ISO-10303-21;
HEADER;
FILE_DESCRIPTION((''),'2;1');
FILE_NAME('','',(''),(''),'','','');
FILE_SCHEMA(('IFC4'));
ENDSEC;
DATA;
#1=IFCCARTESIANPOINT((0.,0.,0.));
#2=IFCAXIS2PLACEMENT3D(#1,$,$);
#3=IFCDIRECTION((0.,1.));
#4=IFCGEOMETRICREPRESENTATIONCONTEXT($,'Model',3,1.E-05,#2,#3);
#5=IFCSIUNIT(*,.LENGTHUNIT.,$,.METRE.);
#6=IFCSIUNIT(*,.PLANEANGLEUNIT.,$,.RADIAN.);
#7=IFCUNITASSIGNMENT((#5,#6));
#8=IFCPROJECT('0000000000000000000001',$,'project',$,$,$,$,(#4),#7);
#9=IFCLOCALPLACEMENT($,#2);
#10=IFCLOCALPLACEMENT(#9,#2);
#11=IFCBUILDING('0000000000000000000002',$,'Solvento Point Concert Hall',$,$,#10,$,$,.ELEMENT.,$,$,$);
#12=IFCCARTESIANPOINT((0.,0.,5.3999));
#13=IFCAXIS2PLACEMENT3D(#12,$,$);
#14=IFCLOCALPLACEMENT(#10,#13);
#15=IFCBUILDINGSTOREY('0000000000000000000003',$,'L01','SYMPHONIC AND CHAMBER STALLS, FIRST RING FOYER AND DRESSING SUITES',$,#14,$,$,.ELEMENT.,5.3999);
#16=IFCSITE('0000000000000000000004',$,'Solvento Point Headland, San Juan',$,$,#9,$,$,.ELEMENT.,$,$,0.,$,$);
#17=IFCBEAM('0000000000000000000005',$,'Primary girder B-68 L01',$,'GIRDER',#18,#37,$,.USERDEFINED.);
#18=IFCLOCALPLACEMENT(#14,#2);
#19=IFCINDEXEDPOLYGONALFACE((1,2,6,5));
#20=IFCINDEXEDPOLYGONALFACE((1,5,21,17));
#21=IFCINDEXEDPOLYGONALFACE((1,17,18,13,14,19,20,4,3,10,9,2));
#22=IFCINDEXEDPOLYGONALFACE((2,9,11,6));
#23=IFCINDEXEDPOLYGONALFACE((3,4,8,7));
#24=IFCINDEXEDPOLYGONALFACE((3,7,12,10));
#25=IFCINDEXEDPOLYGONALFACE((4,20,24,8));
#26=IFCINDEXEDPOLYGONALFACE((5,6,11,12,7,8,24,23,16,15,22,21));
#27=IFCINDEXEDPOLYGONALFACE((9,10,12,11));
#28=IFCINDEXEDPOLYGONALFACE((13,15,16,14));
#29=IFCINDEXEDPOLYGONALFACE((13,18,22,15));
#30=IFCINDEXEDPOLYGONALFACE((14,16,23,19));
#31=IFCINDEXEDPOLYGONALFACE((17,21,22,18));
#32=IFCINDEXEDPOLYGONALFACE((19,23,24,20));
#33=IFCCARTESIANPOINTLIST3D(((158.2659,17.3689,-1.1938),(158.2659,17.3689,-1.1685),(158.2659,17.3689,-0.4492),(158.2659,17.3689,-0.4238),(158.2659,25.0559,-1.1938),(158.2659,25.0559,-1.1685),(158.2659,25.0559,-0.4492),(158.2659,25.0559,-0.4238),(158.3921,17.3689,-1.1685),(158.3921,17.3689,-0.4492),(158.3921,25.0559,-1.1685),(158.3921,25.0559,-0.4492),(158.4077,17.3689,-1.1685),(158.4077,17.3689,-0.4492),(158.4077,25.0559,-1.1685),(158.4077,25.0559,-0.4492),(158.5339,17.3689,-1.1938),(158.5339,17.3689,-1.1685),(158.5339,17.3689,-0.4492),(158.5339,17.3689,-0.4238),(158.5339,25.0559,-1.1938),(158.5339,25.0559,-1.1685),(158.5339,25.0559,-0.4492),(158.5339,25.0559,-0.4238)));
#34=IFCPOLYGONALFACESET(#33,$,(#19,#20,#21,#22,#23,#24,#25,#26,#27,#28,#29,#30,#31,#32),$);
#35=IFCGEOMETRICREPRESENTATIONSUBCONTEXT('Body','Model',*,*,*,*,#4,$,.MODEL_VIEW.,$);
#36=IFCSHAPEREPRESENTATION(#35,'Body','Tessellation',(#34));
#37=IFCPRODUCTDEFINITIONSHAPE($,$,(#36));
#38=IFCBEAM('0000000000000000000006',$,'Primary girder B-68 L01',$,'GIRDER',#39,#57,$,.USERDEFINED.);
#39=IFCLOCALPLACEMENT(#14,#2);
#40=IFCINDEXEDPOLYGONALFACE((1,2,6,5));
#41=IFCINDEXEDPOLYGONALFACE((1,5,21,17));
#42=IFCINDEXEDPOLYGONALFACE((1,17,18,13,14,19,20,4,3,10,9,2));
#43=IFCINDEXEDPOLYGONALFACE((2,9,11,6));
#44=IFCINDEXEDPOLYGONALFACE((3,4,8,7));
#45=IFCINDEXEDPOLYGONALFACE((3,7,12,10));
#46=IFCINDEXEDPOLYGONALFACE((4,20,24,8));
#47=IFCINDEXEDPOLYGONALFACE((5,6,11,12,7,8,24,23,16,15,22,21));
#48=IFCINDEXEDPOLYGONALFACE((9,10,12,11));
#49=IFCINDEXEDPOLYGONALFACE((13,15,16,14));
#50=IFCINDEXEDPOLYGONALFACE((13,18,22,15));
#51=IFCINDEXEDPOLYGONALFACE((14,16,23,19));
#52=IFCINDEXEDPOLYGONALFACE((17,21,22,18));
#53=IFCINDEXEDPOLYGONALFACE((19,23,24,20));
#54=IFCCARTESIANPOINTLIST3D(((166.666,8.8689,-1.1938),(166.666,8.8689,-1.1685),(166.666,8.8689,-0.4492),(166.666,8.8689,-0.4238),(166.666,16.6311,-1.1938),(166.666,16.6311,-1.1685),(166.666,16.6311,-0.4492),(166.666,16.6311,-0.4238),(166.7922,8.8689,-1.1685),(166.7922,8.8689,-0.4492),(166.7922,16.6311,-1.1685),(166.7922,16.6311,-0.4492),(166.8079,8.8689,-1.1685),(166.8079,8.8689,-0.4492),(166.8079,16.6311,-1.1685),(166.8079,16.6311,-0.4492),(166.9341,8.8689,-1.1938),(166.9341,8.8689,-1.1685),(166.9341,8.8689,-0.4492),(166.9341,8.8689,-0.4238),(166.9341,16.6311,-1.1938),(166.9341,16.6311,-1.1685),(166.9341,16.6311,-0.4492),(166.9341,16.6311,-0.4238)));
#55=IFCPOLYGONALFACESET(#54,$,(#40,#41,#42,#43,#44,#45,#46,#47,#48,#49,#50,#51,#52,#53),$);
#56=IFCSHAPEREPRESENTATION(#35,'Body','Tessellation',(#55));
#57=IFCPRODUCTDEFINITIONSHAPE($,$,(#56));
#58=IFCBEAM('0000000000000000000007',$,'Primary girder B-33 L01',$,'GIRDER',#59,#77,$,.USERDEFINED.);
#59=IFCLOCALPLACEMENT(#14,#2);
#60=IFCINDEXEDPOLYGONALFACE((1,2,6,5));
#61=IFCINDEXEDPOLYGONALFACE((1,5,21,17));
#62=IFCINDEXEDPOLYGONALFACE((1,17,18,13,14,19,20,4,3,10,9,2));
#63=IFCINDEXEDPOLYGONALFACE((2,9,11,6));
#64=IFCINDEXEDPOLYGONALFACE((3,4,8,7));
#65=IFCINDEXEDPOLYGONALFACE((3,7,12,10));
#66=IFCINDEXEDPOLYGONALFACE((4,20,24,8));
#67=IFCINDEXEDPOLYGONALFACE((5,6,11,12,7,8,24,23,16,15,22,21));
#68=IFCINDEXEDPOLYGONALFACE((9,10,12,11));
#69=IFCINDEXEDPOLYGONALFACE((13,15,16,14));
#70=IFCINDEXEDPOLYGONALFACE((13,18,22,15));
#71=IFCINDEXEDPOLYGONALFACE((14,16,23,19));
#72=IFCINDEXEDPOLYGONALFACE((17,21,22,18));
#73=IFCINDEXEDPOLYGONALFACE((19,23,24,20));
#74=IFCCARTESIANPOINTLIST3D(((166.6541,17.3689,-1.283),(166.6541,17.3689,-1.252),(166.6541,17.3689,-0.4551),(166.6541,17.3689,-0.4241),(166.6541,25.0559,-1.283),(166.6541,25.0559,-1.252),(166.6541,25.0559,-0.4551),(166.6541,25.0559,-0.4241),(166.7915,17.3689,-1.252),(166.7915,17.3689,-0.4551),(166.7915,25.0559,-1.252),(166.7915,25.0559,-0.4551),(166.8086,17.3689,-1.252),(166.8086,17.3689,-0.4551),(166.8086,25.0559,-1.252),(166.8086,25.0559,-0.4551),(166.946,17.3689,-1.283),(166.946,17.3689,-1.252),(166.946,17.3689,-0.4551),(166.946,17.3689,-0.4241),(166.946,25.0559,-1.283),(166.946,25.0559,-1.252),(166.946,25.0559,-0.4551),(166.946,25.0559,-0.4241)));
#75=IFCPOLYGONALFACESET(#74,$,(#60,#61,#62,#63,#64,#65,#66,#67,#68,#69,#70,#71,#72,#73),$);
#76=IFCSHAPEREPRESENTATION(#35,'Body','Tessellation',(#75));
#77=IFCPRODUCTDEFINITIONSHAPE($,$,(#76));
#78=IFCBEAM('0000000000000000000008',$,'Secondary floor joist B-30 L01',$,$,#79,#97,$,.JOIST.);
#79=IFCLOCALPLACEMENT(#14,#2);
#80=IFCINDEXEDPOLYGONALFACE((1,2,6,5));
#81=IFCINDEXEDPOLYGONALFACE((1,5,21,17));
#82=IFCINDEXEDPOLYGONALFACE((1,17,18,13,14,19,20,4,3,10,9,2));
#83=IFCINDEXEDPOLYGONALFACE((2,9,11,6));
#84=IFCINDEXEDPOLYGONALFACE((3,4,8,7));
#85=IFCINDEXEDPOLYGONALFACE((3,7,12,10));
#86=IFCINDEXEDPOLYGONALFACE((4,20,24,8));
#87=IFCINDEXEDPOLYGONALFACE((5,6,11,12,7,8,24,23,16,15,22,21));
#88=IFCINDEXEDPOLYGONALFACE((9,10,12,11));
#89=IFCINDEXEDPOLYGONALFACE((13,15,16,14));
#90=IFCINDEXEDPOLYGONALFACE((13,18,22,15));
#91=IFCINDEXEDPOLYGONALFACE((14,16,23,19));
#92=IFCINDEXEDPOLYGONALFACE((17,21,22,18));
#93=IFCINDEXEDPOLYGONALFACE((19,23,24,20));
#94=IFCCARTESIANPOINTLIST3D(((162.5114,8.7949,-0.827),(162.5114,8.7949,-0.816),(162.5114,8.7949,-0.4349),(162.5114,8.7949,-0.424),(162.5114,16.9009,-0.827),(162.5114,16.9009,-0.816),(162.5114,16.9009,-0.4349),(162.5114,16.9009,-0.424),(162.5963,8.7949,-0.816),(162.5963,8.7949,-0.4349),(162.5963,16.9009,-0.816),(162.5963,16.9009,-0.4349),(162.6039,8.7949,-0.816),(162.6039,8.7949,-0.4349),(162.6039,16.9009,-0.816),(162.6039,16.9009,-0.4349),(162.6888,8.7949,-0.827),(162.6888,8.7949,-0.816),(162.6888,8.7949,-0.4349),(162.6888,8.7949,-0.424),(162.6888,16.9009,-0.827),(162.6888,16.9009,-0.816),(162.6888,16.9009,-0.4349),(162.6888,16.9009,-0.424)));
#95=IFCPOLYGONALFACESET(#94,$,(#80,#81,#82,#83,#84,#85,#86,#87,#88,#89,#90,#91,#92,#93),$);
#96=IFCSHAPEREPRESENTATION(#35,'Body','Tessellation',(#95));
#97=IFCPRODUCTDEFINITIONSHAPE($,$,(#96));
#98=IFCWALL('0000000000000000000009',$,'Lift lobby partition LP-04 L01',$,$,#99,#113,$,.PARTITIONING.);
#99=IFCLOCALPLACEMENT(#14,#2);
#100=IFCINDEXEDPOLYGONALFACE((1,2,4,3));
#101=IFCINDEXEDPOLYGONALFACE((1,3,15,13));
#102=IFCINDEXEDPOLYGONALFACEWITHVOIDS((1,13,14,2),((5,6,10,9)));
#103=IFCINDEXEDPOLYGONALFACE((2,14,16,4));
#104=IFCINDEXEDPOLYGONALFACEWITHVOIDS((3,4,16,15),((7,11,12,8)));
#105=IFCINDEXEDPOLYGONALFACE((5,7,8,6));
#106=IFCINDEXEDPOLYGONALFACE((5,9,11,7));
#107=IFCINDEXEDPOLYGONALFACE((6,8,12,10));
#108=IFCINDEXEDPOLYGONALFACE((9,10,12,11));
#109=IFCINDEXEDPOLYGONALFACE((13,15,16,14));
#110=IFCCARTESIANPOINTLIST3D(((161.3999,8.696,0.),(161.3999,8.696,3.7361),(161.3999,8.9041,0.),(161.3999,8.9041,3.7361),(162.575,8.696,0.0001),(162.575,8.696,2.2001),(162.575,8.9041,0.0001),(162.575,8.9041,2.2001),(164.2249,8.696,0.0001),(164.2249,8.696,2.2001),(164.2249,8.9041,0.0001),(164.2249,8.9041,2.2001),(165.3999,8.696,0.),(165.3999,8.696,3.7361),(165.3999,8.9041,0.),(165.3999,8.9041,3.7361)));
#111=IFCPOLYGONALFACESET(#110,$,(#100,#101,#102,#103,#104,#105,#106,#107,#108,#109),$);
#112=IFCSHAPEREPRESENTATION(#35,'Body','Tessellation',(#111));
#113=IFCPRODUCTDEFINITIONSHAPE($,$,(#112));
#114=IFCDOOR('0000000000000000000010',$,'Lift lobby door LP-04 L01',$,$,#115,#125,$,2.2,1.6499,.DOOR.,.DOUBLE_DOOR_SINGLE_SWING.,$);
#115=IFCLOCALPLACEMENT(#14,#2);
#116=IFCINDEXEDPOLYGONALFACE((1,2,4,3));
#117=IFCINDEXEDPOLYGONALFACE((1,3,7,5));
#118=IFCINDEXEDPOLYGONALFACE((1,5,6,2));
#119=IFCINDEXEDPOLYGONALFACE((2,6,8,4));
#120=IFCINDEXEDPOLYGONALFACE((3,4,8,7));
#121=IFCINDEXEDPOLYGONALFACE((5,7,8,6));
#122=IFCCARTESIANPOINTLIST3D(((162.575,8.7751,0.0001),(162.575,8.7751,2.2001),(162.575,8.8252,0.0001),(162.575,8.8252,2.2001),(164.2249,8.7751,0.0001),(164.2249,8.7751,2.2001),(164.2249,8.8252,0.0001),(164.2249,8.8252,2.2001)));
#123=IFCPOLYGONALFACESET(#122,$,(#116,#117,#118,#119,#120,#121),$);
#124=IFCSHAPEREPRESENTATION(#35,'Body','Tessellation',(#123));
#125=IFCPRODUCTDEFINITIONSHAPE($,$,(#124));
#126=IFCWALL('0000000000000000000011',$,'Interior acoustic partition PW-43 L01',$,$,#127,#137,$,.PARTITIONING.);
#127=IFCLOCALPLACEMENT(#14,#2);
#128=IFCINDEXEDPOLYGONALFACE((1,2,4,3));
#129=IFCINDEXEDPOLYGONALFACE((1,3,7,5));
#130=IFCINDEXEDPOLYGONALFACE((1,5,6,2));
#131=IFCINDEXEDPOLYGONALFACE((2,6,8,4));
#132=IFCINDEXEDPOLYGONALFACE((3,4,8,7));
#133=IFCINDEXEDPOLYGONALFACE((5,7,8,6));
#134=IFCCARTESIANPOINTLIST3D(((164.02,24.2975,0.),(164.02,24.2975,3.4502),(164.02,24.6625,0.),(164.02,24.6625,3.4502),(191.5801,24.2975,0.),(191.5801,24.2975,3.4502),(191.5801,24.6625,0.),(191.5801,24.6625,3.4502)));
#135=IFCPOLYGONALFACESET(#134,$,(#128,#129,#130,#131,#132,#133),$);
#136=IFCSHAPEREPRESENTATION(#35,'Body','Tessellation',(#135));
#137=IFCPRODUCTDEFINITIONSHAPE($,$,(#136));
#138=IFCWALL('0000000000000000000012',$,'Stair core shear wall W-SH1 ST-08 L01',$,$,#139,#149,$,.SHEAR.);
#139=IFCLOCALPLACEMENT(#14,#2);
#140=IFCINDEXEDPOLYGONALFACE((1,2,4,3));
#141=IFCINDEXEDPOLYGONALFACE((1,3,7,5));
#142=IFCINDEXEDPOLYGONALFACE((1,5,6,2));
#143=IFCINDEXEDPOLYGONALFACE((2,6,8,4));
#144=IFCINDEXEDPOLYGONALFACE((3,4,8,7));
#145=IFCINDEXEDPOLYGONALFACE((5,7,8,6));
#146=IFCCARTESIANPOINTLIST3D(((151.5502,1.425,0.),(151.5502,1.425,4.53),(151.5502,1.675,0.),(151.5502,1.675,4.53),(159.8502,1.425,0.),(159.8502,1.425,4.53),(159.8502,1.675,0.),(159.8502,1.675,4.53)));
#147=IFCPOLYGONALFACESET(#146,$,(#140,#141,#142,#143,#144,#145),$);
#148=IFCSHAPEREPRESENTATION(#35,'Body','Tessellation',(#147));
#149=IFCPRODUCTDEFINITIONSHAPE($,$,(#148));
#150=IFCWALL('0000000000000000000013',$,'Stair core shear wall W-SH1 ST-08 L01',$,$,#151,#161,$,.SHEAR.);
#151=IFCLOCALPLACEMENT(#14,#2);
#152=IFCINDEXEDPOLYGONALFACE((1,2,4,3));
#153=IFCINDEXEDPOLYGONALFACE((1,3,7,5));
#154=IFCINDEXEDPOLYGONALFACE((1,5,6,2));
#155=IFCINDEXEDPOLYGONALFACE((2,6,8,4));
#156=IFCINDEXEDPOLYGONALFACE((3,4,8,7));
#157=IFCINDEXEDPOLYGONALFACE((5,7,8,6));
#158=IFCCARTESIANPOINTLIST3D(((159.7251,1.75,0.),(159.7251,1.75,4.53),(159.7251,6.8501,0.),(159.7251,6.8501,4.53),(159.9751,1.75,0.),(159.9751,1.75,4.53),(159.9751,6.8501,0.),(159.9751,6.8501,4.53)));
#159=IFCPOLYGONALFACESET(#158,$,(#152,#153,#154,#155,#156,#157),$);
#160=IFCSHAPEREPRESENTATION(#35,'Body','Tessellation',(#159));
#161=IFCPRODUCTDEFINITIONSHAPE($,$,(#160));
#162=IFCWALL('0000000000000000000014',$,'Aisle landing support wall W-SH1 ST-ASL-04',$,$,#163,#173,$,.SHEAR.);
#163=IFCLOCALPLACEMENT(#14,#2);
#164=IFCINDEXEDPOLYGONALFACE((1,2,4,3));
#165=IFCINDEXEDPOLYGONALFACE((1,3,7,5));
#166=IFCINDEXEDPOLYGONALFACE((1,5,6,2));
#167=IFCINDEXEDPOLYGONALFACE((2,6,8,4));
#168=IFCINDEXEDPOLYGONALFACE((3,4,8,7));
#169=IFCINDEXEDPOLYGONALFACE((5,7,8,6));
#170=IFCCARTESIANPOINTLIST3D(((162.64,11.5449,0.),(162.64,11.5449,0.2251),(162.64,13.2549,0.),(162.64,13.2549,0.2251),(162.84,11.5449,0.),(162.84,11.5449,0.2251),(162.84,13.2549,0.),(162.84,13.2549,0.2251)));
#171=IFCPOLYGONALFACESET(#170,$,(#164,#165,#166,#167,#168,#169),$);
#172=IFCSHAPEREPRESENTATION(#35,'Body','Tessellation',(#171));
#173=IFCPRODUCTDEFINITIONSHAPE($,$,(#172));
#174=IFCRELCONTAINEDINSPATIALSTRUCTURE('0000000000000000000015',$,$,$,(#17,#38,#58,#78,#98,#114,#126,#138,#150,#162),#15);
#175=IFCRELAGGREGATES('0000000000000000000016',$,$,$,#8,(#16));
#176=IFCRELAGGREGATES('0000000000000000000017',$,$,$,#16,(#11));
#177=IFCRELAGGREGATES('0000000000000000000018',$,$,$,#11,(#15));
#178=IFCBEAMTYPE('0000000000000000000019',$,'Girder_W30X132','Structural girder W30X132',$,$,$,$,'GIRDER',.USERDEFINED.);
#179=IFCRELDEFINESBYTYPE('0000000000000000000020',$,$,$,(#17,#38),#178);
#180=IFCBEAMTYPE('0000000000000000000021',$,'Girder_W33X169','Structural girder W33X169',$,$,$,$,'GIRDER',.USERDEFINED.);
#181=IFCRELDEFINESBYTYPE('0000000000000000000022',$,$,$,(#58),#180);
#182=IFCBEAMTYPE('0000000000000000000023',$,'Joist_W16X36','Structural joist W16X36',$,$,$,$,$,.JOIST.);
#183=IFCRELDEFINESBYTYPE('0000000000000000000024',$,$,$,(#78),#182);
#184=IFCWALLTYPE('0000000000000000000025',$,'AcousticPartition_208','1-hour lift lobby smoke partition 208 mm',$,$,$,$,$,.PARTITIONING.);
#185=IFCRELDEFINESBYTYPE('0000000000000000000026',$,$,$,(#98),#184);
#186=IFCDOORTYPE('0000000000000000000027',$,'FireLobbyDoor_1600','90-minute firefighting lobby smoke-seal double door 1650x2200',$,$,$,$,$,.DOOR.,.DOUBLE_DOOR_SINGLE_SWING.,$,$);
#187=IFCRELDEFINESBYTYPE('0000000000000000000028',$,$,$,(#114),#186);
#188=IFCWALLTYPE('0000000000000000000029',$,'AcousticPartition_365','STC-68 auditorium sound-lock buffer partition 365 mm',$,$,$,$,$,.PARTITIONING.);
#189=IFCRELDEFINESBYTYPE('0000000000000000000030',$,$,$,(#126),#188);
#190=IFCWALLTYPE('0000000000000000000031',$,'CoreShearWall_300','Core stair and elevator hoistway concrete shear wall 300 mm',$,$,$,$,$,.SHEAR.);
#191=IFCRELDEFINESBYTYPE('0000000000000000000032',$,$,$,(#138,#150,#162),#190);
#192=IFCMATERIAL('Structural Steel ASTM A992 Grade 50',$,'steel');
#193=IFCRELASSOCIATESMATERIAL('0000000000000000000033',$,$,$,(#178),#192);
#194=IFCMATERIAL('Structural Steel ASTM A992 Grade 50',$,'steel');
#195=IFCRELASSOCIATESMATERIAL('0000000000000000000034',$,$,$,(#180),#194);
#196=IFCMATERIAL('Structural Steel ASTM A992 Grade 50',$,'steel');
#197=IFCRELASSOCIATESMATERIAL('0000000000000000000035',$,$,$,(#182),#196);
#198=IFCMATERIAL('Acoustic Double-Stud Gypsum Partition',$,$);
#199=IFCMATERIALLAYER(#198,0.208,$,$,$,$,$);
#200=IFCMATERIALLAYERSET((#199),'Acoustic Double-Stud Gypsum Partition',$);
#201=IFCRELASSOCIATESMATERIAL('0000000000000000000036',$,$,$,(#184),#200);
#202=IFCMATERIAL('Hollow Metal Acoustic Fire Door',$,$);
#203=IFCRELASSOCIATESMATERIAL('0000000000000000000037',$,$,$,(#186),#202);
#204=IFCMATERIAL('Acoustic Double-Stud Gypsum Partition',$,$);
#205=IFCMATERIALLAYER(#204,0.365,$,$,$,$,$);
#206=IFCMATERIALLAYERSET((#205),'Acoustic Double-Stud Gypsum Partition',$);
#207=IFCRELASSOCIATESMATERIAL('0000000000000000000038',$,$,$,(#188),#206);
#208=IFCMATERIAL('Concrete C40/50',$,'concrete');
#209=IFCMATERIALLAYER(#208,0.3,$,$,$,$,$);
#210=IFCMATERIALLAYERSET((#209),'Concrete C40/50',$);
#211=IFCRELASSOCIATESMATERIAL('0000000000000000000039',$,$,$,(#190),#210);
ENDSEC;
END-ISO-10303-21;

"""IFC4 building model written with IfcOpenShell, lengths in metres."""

from ifc_helpers import new_model, si_unit, direction, frame, frame_2d, origin, origin_2d, place, context, subcontext, project, spatial, rectangle, i_section, extrude, material, layer, layer_set, material_profile, profile_set, type_object, element, fill, save


model = new_model("IFC4")

# Units and contexts
model_context = context("Model", 3, precision=1e-05, world=origin(), true_north=direction((0.0, 1.0)))
body_context = subcontext(model_context, "Body", "Model", "MODEL_VIEW")
ifc_project = project(units=[si_unit("LENGTHUNIT", "METRE"), si_unit("PLANEANGLEUNIT", "RADIAN")], contexts=[model_context])

# Site, building, storey
site_placement = place(None, origin())
site = spatial("IfcSite", under=ifc_project, at=site_placement, Name="Solvento Point Headland, San Juan", CompositionType="ELEMENT", RefElevation=0.0)
building_placement = place(site_placement, origin())
building = spatial("IfcBuilding", under=site, at=building_placement, Name="Solvento Point Concert Hall", CompositionType="ELEMENT")
storey_placement = place(building_placement, frame((0.0, 0.0, 5.3999)))
storey = spatial("IfcBuildingStorey", under=building, at=storey_placement, Name="L01", Description="SYMPHONIC AND CHAMBER STALLS, FIRST RING FOYER AND DRESSING SUITES", CompositionType="ELEMENT", Elevation=5.3999)

# Beams
ifc_material_1 = material(Name="Structural Steel ASTM A992 Grade 50", Category="steel")
ifc_material_profile_1 = material_profile(ifc_material_1, i_section(OverallWidth=0.2681, OverallDepth=0.77, WebThickness=0.0156, FlangeThickness=0.0254, at=origin_2d()), Name="W30X132")
ifc_profile_set_1 = profile_set([ifc_material_profile_1], Name="Structural Steel ASTM A992 Grade 50")
beam_type_1 = type_object("IfcBeamType", Name="Girder_W30X132", Description="Structural girder W30X132", ElementType="GIRDER", PredefinedType="USERDEFINED", material=ifc_profile_set_1)
beam_1_placement = place(storey_placement, frame((158.3999, 17.3689, -0.8088), z_axis=(0.0, 1.0, 0.0), x_axis=(-1.0, 0.0, 0.0)))
element("IfcBeam", 1, at=beam_1_placement, inside=storey, type_object=beam_type_1, Name="Primary girder B-68 L01", ObjectType="GIRDER", PredefinedType="USERDEFINED", context=body_context, shape_type="SweptSolid", body=[
    extrude(i_section(OverallWidth=0.2681, OverallDepth=0.77, WebThickness=0.0156, FlangeThickness=0.0254, at=origin_2d()), origin(), (0.0, 0.0, 1.0), 7.687),
])
beam_2_placement = place(storey_placement, frame((166.8, 8.8689, -0.8088), z_axis=(0.0, 1.0, 0.0), x_axis=(-1.0, 0.0, 0.0)))
element("IfcBeam", 2, at=beam_2_placement, inside=storey, type_object=beam_type_1, Name="Primary girder B-68 L01", ObjectType="GIRDER", PredefinedType="USERDEFINED", context=body_context, shape_type="SweptSolid", body=[
    extrude(i_section(OverallWidth=0.2681, OverallDepth=0.77, WebThickness=0.0156, FlangeThickness=0.0254, at=origin_2d()), origin(), (0.0, 0.0, 1.0), 7.7622),
])
ifc_material_2 = material(Name="Structural Steel ASTM A992 Grade 50", Category="steel")
ifc_material_profile_2 = material_profile(ifc_material_2, i_section(OverallWidth=0.292, OverallDepth=0.8589, WebThickness=0.0171, FlangeThickness=0.031, at=origin_2d()), Name="W33X169")
ifc_profile_set_2 = profile_set([ifc_material_profile_2], Name="Structural Steel ASTM A992 Grade 50")
beam_type_2 = type_object("IfcBeamType", Name="Girder_W33X169", Description="Structural girder W33X169", ElementType="GIRDER", PredefinedType="USERDEFINED", material=ifc_profile_set_2)
beam_3_placement = place(storey_placement, frame((166.8, 17.3689, -0.8535), z_axis=(0.0, 1.0, 0.0), x_axis=(-1.0, 0.0, 0.0)))
element("IfcBeam", 3, at=beam_3_placement, inside=storey, type_object=beam_type_2, Name="Primary girder B-33 L01", ObjectType="GIRDER", PredefinedType="USERDEFINED", context=body_context, shape_type="SweptSolid", body=[
    extrude(i_section(OverallWidth=0.292, OverallDepth=0.8589, WebThickness=0.0171, FlangeThickness=0.031, at=origin_2d()), origin(), (0.0, 0.0, 1.0), 7.687),
])
ifc_material_3 = material(Name="Structural Steel ASTM A992 Grade 50", Category="steel")
ifc_material_profile_3 = material_profile(ifc_material_3, i_section(OverallWidth=0.1775, OverallDepth=0.4031, WebThickness=0.0076, FlangeThickness=0.011, at=origin_2d()), Name="W16X36")
ifc_profile_set_3 = profile_set([ifc_material_profile_3], Name="Structural Steel ASTM A992 Grade 50")
beam_type_3 = type_object("IfcBeamType", Name="Joist_W16X36", Description="Structural joist W16X36", PredefinedType="JOIST", material=ifc_profile_set_3)
beam_4_placement = place(storey_placement, frame((162.6001, 8.7949, -0.6255), z_axis=(0.0, 1.0, 0.0), x_axis=(-1.0, 0.0, 0.0)))
element("IfcBeam", 4, at=beam_4_placement, inside=storey, type_object=beam_type_3, Name="Secondary floor joist B-30 L01", PredefinedType="JOIST", context=body_context, shape_type="SweptSolid", body=[
    extrude(i_section(OverallWidth=0.1775, OverallDepth=0.4031, WebThickness=0.0076, FlangeThickness=0.011, at=origin_2d()), origin(), (0.0, 0.0, 1.0), 8.106),
])

# Wall, opening, door
ifc_material_4 = material(Name="Acoustic Double-Stud Gypsum Partition")
ifc_layer_1 = layer(ifc_material_4, 0.208)
ifc_layer_set_1 = layer_set([ifc_layer_1], Name="Acoustic Double-Stud Gypsum Partition")
wall_type_1 = type_object("IfcWallType", Name="AcousticPartition_208", Description="1-hour lift lobby smoke partition 208 mm", PredefinedType="PARTITIONING", material=ifc_layer_set_1)
wall_1_placement = place(storey_placement, frame((165.3999, 8.8, 0.0), z_axis=(0.0, 0.0, 1.0), x_axis=(-1.0, 0.0, 0.0)))
wall_1 = element("IfcWall", 5, at=wall_1_placement, inside=storey, type_object=wall_type_1, Name="Lift lobby partition LP-04 L01", PredefinedType="PARTITIONING", context=body_context, shape_type="SweptSolid", body=[
    extrude(rectangle(XDim=4.0, YDim=0.208, at=frame_2d((2.0, 0.0))), origin(), (0.0, 0.0, 1.0), 3.7361),
])
opening_1_placement = place(wall_1_placement, frame((1.175, 0.0, 0.0)))
opening_1 = element("IfcOpeningElement", 6, at=opening_1_placement, cuts=wall_1, PredefinedType="OPENING", context=body_context, shape_type="SweptSolid", body=[
    extrude(rectangle(XDim=1.6499, YDim=2.2, at=frame_2d((0.825, 1.1001))), frame((0.0, 0.114, 0.0), z_axis=(0.0, -1.0, 0.0), x_axis=(1.0, 0.0, 0.0)), (0.0, 0.0, 1.0), 0.228),
])
ifc_material_5 = material(Name="Hollow Metal Acoustic Fire Door")
door_type_1 = type_object("IfcDoorType", Name="FireLobbyDoor_1600", Description="90-minute firefighting lobby smoke-seal double door 1650x2200", OperationType="DOUBLE_DOOR_SINGLE_SWING", PredefinedType="DOOR", material=ifc_material_5)
door_1_placement = place(opening_1_placement, origin())
door_1 = element("IfcDoor", 7, at=door_1_placement, inside=storey, type_object=door_type_1, Name="Lift lobby door LP-04 L01", OperationType="DOUBLE_DOOR_SINGLE_SWING", OverallHeight=2.2, OverallWidth=1.6499, PredefinedType="DOOR", context=body_context, shape_type="SweptSolid", body=[
    extrude(rectangle(XDim=1.6499, YDim=2.2, at=frame_2d((0.825, 1.1001))), frame((0.0, 0.0249, 0.0), z_axis=(0.0, -1.0, 0.0), x_axis=(1.0, 0.0, 0.0)), (0.0, 0.0, 1.0), 0.05),
])
fill(opening_1, door_1)

# Walls
ifc_material_6 = material(Name="Acoustic Double-Stud Gypsum Partition")
ifc_layer_2 = layer(ifc_material_6, 0.365)
ifc_layer_set_2 = layer_set([ifc_layer_2], Name="Acoustic Double-Stud Gypsum Partition")
wall_type_2 = type_object("IfcWallType", Name="AcousticPartition_365", Description="STC-68 auditorium sound-lock buffer partition 365 mm", PredefinedType="PARTITIONING", material=ifc_layer_set_2)
wall_2_placement = place(storey_placement, frame((164.02, 24.48, 0.0), z_axis=(0.0, 0.0, 1.0), x_axis=(1.0, 0.0, 0.0)))
element("IfcWall", 8, at=wall_2_placement, inside=storey, type_object=wall_type_2, Name="Interior acoustic partition PW-43 L01", PredefinedType="PARTITIONING", context=body_context, shape_type="SweptSolid", body=[
    extrude(rectangle(XDim=27.5601, YDim=0.365, at=frame_2d((13.78, 0.0))), origin(), (0.0, 0.0, 1.0), 3.4502),
])
ifc_material_7 = material(Name="Concrete C40/50", Category="concrete")
ifc_layer_3 = layer(ifc_material_7, 0.3)
ifc_layer_set_3 = layer_set([ifc_layer_3], Name="Concrete C40/50")
wall_type_3 = type_object("IfcWallType", Name="CoreShearWall_300", Description="Core stair and elevator hoistway concrete shear wall 300 mm", PredefinedType="SHEAR", material=ifc_layer_set_3)
wall_3_placement = place(storey_placement, frame((159.8501, 1.55, 0.0), z_axis=(0.0, 0.0, 1.0), x_axis=(-1.0, 0.0, 0.0)))
element("IfcWall", 9, at=wall_3_placement, inside=storey, type_object=wall_type_3, Name="Stair core shear wall W-SH1 ST-08 L01", PredefinedType="SHEAR", context=body_context, shape_type="SweptSolid", body=[
    extrude(rectangle(XDim=8.3, YDim=0.25, at=frame_2d((4.1499, 0.0))), origin(), (0.0, 0.0, 1.0), 4.53),
])
wall_4_placement = place(storey_placement, frame((159.8501, 6.8501, 0.0), z_axis=(0.0, 0.0, 1.0), x_axis=(0.0, -1.0, 0.0)))
element("IfcWall", 10, at=wall_4_placement, inside=storey, type_object=wall_type_3, Name="Stair core shear wall W-SH1 ST-08 L01", PredefinedType="SHEAR", context=body_context, shape_type="SweptSolid", body=[
    extrude(rectangle(XDim=5.1001, YDim=0.25, at=frame_2d((2.55, 0.0))), origin(), (0.0, 0.0, 1.0), 4.53),
])
for number, where, z_axis, x_axis, name in (
    (11, (162.74, 11.5449, 0.0), (0.0, 0.0, 1.0), (0.0, 1.0, 0.0), "Aisle landing support wall W-SH1 ST-ASL-04"),
):
    element("IfcWall", number, at=place(storey_placement, frame(where, z_axis=z_axis, x_axis=x_axis)), inside=storey, type_object=wall_type_3, Name=name, PredefinedType="SHEAR", context=body_context, shape_type="SweptSolid", body=[
        extrude(rectangle(XDim=1.71, YDim=0.2, at=frame_2d((0.855, 0.0))), origin(), (0.0, 0.0, 1.0), 0.2251),
    ])

save(model, "model.ifc")
